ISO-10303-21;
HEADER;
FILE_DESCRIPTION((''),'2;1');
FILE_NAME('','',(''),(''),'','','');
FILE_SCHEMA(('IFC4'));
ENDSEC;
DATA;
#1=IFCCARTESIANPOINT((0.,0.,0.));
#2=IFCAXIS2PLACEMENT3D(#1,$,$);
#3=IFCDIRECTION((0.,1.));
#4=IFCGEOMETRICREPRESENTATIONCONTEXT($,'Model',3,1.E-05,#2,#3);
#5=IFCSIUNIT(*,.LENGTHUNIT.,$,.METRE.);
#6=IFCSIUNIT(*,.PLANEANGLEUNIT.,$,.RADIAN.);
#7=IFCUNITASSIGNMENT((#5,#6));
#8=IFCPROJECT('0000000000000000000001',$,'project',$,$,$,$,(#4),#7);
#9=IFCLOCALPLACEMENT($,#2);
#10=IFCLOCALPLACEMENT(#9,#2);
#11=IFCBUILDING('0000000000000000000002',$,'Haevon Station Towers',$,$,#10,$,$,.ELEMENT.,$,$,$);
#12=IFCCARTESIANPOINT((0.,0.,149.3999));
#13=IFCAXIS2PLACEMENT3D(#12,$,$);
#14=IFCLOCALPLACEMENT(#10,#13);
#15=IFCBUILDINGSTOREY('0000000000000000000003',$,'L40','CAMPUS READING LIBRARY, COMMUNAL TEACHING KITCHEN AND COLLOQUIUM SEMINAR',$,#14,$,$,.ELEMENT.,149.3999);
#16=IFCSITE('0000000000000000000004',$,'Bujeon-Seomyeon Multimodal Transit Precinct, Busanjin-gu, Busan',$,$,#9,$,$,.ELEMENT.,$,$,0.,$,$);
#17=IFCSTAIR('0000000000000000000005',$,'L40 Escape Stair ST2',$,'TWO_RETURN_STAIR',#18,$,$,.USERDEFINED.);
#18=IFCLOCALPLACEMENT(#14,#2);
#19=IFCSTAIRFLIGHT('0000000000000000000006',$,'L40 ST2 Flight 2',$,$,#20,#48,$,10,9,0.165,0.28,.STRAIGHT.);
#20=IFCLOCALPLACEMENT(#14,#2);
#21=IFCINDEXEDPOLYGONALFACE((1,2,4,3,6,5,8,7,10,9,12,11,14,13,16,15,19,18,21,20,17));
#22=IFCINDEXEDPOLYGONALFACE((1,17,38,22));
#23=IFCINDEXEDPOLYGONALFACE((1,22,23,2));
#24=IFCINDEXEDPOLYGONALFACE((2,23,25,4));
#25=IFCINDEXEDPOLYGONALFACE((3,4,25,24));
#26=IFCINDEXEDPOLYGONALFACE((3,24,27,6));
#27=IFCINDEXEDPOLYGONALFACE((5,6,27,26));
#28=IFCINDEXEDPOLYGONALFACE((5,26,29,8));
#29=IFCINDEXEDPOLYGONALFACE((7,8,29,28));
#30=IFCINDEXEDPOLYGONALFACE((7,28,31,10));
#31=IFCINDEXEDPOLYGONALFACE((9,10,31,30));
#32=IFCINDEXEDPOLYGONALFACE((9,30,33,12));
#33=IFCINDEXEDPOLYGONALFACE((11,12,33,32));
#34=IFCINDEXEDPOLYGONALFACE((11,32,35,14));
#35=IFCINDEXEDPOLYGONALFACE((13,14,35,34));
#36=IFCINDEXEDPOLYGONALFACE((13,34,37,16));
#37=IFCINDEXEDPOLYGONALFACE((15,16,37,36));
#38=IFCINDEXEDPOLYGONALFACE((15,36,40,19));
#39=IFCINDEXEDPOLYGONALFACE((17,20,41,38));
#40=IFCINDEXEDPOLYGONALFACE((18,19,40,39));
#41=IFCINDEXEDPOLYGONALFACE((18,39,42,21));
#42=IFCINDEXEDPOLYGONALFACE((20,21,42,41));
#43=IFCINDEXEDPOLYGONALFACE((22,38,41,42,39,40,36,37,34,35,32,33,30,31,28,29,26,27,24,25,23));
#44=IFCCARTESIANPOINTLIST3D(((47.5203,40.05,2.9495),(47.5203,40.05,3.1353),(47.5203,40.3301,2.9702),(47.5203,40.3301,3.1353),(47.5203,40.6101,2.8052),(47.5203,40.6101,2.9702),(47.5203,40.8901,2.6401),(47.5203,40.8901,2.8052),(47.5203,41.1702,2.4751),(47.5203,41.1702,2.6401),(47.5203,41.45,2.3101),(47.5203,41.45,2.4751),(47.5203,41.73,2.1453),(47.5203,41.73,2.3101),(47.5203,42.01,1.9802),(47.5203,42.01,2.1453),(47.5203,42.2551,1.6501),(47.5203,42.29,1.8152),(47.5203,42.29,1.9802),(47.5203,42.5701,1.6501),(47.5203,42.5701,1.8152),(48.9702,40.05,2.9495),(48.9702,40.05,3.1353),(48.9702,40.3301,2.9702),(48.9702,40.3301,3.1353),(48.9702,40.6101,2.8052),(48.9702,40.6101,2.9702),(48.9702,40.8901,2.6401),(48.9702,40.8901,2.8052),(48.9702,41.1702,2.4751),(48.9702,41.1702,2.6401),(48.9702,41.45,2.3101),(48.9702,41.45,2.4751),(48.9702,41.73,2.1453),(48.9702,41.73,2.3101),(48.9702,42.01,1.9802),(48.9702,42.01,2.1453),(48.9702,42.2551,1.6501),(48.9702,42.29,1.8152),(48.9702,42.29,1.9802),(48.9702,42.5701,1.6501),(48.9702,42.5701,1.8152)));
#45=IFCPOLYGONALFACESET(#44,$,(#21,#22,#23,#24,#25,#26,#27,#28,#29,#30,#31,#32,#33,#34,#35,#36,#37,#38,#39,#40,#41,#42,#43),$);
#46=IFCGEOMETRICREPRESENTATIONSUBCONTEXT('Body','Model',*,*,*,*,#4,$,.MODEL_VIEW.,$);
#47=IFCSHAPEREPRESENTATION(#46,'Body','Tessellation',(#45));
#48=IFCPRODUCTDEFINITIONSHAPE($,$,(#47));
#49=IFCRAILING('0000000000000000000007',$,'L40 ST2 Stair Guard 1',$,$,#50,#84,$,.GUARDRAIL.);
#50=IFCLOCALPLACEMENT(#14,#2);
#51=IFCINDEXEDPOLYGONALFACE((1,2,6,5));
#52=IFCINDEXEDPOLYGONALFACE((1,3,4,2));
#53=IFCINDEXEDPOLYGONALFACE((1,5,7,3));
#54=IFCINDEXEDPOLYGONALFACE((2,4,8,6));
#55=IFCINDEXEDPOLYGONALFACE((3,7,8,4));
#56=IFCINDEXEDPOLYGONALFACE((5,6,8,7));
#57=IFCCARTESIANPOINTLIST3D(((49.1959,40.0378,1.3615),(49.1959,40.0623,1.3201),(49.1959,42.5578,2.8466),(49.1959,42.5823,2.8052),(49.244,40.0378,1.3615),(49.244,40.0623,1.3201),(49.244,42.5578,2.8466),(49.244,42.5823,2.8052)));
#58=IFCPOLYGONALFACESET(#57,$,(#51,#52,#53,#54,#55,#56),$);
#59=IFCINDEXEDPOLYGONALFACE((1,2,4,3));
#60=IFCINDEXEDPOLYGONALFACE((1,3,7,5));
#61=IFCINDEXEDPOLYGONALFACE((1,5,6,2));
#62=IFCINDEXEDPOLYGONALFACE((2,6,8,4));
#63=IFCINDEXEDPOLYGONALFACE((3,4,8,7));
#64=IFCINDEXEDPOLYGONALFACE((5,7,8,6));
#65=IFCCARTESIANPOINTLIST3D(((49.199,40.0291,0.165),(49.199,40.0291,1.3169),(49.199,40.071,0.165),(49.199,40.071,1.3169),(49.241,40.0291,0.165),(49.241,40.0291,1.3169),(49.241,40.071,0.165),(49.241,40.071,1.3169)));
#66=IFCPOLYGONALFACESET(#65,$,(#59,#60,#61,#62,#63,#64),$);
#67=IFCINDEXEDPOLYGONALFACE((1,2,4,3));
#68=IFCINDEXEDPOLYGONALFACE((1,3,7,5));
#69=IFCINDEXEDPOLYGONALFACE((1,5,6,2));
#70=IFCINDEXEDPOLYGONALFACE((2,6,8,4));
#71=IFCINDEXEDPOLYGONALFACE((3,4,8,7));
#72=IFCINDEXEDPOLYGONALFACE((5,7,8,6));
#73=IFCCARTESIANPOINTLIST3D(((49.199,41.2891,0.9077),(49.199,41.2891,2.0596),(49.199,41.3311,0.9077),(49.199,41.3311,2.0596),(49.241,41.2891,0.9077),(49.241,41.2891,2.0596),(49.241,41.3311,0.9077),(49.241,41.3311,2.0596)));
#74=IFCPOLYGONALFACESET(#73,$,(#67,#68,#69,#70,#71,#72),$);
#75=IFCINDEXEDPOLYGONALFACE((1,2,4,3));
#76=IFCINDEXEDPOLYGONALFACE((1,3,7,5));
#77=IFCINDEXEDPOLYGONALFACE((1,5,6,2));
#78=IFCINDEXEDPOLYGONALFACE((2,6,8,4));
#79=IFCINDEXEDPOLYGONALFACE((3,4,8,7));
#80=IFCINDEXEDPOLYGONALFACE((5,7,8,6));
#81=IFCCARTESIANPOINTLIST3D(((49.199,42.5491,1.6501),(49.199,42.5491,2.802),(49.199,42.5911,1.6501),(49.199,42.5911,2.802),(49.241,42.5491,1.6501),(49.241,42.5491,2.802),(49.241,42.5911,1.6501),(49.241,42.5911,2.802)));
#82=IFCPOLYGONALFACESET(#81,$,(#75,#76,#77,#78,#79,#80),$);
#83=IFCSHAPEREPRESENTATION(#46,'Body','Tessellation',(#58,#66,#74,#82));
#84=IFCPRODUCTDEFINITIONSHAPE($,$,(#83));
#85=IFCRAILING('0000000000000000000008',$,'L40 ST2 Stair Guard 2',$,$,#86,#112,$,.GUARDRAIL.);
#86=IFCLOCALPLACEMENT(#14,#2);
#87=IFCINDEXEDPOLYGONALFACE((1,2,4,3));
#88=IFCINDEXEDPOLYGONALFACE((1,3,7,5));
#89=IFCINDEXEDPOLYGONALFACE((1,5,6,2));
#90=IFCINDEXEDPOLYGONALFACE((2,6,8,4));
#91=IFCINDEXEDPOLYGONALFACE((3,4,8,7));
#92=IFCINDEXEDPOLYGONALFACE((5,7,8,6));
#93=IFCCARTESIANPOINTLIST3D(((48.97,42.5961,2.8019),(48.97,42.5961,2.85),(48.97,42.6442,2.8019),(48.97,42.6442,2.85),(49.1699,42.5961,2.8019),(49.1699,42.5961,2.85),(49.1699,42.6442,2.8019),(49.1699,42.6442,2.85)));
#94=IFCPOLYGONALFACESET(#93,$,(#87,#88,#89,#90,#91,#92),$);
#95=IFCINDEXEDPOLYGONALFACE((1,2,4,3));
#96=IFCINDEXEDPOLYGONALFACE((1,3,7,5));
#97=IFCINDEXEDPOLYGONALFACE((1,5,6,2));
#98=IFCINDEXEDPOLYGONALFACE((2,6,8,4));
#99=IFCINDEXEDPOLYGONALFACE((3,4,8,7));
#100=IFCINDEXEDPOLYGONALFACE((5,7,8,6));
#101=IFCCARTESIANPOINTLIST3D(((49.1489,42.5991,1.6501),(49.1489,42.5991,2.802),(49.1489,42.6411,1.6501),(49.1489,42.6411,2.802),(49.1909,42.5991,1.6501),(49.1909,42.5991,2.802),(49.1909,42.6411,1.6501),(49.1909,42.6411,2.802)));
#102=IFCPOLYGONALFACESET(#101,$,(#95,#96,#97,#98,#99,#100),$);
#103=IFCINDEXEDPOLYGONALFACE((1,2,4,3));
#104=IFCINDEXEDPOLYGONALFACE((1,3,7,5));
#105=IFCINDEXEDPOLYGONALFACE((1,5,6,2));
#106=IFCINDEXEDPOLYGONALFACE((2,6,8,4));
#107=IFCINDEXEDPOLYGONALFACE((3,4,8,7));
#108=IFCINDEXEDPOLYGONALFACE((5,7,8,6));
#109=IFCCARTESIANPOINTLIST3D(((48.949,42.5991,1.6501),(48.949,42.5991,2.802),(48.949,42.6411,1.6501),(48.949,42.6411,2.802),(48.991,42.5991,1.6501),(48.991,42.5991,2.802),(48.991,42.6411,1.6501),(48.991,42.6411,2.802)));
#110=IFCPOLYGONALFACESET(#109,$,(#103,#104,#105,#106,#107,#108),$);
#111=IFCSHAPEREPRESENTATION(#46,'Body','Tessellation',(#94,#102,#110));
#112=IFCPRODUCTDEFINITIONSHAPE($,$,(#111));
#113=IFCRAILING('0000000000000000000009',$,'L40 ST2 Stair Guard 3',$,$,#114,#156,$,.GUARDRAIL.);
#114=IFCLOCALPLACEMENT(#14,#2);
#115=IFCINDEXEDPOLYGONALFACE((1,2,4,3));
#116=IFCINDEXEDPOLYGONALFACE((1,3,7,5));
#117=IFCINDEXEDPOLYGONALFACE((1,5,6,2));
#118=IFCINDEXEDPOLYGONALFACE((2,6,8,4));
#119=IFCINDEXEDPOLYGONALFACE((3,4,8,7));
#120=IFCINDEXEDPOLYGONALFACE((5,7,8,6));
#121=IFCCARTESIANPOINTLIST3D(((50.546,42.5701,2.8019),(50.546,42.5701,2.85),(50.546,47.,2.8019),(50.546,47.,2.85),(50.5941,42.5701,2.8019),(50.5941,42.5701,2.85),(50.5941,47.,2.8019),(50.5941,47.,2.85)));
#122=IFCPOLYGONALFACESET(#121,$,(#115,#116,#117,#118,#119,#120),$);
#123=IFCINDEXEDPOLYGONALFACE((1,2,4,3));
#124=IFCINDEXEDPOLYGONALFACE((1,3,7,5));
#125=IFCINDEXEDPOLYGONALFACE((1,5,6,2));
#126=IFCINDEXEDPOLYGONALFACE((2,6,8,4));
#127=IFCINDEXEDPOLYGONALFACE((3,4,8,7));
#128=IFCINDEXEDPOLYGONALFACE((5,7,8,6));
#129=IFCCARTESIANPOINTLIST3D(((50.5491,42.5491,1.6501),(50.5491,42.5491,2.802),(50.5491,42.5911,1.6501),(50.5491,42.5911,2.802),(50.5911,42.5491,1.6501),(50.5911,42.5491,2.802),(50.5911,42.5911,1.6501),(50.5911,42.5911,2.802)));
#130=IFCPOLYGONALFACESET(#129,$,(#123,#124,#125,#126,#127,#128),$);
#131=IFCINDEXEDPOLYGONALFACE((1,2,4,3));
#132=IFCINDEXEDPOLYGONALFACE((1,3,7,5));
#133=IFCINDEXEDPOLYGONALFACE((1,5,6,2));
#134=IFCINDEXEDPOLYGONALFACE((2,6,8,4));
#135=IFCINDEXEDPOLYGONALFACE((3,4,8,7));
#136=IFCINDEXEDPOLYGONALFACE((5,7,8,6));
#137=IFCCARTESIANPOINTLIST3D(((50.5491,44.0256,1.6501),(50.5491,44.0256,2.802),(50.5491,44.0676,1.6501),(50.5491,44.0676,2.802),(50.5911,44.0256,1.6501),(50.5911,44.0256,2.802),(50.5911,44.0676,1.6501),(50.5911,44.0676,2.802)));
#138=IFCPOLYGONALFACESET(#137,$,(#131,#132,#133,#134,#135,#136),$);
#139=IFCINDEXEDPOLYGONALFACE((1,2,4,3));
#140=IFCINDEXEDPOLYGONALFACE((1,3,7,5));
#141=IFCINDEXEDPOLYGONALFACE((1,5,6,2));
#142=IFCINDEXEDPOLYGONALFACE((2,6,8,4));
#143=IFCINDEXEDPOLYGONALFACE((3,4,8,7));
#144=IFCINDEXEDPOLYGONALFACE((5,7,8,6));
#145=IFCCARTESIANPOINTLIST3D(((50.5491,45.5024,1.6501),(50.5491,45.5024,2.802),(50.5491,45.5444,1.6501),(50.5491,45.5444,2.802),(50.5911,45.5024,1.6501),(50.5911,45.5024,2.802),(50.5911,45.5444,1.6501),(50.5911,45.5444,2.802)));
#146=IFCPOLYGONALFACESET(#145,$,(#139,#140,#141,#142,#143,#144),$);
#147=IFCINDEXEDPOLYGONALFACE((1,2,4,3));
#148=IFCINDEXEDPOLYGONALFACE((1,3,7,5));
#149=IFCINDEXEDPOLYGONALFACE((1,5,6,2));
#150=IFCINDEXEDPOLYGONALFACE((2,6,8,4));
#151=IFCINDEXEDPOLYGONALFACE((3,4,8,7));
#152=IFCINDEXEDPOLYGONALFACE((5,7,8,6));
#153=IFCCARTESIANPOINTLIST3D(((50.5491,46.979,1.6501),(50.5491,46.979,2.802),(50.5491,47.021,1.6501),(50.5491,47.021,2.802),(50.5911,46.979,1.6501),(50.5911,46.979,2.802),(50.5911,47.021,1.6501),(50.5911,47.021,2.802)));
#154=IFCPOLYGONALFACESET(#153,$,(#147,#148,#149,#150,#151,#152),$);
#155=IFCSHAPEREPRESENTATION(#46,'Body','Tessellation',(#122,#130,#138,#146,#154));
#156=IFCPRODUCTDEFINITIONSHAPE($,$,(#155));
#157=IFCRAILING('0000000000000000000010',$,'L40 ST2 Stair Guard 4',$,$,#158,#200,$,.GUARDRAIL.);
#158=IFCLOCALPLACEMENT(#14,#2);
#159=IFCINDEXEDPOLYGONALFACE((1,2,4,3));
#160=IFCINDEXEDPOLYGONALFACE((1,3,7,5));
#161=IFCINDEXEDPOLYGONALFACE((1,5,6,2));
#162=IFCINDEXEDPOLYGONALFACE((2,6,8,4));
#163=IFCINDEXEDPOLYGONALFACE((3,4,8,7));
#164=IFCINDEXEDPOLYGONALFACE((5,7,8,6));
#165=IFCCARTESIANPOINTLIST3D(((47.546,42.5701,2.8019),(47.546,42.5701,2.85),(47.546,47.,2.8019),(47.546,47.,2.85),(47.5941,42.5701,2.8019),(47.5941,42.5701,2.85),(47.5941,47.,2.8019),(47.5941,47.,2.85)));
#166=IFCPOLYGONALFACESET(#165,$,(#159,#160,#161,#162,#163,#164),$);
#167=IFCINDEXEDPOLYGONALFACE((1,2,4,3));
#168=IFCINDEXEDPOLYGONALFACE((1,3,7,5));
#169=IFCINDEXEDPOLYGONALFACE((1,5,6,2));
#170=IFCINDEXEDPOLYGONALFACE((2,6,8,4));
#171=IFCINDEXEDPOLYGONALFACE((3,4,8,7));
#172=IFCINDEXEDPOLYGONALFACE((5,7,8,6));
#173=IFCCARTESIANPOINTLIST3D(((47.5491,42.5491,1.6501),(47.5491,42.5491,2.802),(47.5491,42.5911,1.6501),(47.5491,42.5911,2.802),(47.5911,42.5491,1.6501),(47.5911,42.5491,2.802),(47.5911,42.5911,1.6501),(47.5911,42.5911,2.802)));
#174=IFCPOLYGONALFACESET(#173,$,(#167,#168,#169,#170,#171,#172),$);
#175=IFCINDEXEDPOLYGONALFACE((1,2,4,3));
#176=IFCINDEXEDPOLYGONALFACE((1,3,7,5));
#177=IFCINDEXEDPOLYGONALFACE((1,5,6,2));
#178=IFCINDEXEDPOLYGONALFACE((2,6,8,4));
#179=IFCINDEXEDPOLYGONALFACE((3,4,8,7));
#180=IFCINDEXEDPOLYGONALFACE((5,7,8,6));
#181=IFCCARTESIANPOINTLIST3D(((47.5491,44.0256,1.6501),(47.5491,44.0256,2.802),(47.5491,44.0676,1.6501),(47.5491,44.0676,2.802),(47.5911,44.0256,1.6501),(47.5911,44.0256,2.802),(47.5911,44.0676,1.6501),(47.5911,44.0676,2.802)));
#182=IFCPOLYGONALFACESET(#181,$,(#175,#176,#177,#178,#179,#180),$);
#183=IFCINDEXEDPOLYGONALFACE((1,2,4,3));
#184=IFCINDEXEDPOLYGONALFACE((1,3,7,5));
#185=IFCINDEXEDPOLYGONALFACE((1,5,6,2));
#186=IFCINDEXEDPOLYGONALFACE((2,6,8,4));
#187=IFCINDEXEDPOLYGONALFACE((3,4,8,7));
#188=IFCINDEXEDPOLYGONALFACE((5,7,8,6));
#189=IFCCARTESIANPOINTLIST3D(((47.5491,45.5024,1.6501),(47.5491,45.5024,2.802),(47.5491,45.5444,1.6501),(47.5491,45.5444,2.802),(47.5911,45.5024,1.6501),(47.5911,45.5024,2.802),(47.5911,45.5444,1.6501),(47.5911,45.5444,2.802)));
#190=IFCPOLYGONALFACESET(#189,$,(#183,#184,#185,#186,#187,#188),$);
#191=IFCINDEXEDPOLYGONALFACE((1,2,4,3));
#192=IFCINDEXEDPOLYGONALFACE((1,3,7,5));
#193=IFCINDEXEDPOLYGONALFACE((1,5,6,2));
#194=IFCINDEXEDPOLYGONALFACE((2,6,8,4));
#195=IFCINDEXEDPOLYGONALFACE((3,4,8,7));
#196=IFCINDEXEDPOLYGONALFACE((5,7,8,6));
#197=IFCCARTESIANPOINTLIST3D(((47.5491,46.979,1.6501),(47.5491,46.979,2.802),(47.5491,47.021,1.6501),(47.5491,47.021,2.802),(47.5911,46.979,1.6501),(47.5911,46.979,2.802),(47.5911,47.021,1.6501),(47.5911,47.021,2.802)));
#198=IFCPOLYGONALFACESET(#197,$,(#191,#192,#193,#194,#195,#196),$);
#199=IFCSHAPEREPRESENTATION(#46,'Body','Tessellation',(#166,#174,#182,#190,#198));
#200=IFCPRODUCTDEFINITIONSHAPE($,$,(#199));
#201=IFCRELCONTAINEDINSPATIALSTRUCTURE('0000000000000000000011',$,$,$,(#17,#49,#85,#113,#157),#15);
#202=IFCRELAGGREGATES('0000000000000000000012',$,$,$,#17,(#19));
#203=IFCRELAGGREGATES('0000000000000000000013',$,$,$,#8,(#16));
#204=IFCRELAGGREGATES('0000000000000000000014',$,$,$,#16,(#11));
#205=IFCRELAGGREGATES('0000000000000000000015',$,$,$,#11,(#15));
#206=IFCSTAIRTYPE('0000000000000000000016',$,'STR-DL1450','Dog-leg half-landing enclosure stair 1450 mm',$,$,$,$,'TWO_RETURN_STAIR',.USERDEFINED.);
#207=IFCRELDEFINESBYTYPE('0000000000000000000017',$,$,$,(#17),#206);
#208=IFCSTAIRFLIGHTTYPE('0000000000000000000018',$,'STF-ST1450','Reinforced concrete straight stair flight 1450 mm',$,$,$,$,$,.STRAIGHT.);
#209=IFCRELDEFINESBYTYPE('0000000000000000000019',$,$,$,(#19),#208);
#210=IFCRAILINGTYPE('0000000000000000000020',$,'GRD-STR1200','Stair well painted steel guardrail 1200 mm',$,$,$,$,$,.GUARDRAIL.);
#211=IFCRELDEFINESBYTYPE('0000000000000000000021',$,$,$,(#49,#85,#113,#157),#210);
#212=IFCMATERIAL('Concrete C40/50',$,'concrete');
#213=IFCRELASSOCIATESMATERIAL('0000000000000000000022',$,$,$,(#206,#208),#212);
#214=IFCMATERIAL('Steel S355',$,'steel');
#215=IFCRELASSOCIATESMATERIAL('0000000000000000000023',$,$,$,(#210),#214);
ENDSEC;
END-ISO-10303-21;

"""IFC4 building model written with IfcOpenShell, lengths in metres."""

from ifc_helpers import new_model, si_unit, direction, frame, origin, origin_2d, place, context, subcontext, project, spatial, polyline, rectangle, outline, extrude, material, type_object, element, aggregate, save


model = new_model("IFC4")

# Units and contexts
model_context = context("Model", 3, precision=1e-05, world=origin(), true_north=direction((0.0, 1.0)))
body_context = subcontext(model_context, "Body", "Model", "MODEL_VIEW")
ifc_project = project(units=[si_unit("LENGTHUNIT", "METRE"), si_unit("PLANEANGLEUNIT", "RADIAN")], contexts=[model_context])

# Site, building, storey
site_placement = place(None, origin())
site = spatial("IfcSite", under=ifc_project, at=site_placement, Name="Bujeon-Seomyeon Multimodal Transit Precinct, Busanjin-gu, Busan", CompositionType="ELEMENT", RefElevation=0.0)
building_placement = place(site_placement, origin())
building = spatial("IfcBuilding", under=site, at=building_placement, Name="Haevon Station Towers", CompositionType="ELEMENT")
storey_placement = place(building_placement, frame((0.0, 0.0, 149.3999)))
storey = spatial("IfcBuildingStorey", under=building, at=storey_placement, Name="L40", Description="CAMPUS READING LIBRARY, COMMUNAL TEACHING KITCHEN AND COLLOQUIUM SEMINAR", CompositionType="ELEMENT", Elevation=149.3999)

# Shared definitions
ifc_material_1 = material(Name="Steel S355", Category="steel")

# Shared definitions
ifc_material_2 = material(Name="Concrete C40/50", Category="concrete")

# Stair, stair flight
stair_type = type_object("IfcStairType", Name="STR-DL1450", Description="Dog-leg half-landing enclosure stair 1450 mm", ElementType="TWO_RETURN_STAIR", PredefinedType="USERDEFINED", material=ifc_material_2)
stair_placement = place(storey_placement, origin())
stair = element("IfcStair", 1, at=stair_placement, inside=storey, type_object=stair_type, Name="L40 Escape Stair ST2", ObjectType="TWO_RETURN_STAIR", PredefinedType="USERDEFINED")
stair_flight_type = type_object("IfcStairFlightType", Name="STF-ST1450", Description="Reinforced concrete straight stair flight 1450 mm", PredefinedType="STRAIGHT", material=ifc_material_2)
stair_flight_1_placement = place(storey_placement, frame((48.2451, 42.5701, 1.6501), z_axis=(0.0, 0.0, 1.0), x_axis=(0.0, -1.0, 0.0)))
stair_flight_1 = element("IfcStairFlight", 2, at=stair_flight_1_placement, type_object=stair_flight_type, Name="L40 ST2 Flight 2", NumberOfRisers=10, NumberOfTreads=9, PredefinedType="STRAIGHT", RiserHeight=0.165, TreadLength=0.28, context=body_context, shape_type="SweptSolid", body=[
    extrude(outline(polyline([(0.0, 0.0), (0.0, 0.165), (0.28, 0.165), (0.28, 0.3301), (0.5601, 0.3301), (0.5601, 0.4951), (0.8401, 0.4951), (0.8401, 0.6599), (1.1201, 0.6599), (1.1201, 0.825), (1.3999, 0.825), (1.3999, 0.99), (1.6799, 0.99), (1.6799, 1.155), (1.96, 1.155), (1.96, 1.3201), (2.24, 1.3201), (2.24, 1.4851), (2.52, 1.4851), (2.52, 1.6499), (2.52, 1.2993), (0.3149, 0.0), (0.0, 0.0)])), frame((0.0, 0.7251, 0.0), z_axis=(0.0, -1.0, 0.0), x_axis=(1.0, 0.0, 0.0)), (0.0, 0.0, 1.0), 1.45),
])
aggregate(stair, [stair_flight_1])

# Railings
railing_type_1 = type_object("IfcRailingType", Name="GRD-STR1200", Description="Stair well painted steel guardrail 1200 mm", PredefinedType="GUARDRAIL", material=ifc_material_1)
railing_1_placement = place(storey_placement, frame((49.22, 40.05, 0.165)))
element("IfcRailing", 3, at=railing_1_placement, inside=storey, type_object=railing_type_1, Name="L40 ST2 Stair Guard 1", PredefinedType="GUARDRAIL", context=body_context, shape_type="SweptSolid", body=[
    extrude(rectangle(XDim=0.0481, YDim=0.0481, at=origin_2d()), frame((0.0, 0.0, 1.1758), z_axis=(0.0, 0.861524, 0.507717), x_axis=(-1.0, 0.0, 0.0)), (0.0, 0.0, 1.0), 2.925),
    extrude(rectangle(XDim=0.042, YDim=0.042, at=origin_2d()), origin(), (0.0, 0.0, 1.0), 1.1519),
    extrude(rectangle(XDim=0.042, YDim=0.042, at=origin_2d()), frame((0.0, 1.26, 0.7427)), (0.0, 0.0, 1.0), 1.1519),
    extrude(rectangle(XDim=0.042, YDim=0.042, at=origin_2d()), frame((0.0, 2.52, 1.4851)), (0.0, 0.0, 1.0), 1.1519),
])
railing_2_placement = place(storey_placement, frame((49.1699, 42.6201, 1.6501)))
element("IfcRailing", 4, at=railing_2_placement, inside=storey, type_object=railing_type_1, Name="L40 ST2 Stair Guard 2", PredefinedType="GUARDRAIL", context=body_context, shape_type="SweptSolid", body=[
    extrude(rectangle(XDim=0.0481, YDim=0.0481, at=origin_2d()), frame((0.0, 0.0, 1.1758), z_axis=(-1.0, 0.0, 0.0), x_axis=(0.0, -1.0, 0.0)), (0.0, 0.0, 1.0), 0.2),
    extrude(rectangle(XDim=0.042, YDim=0.042, at=origin_2d()), origin(), (0.0, 0.0, 1.0), 1.1519),
    extrude(rectangle(XDim=0.042, YDim=0.042, at=origin_2d()), frame((-0.2, 0.0, 0.0)), (0.0, 0.0, 1.0), 1.1519),
])
for number, where, name in (
    (5, (50.5701, 42.5701, 1.6501), "L40 ST2 Stair Guard 3"),
    (6, (47.5701, 42.5701, 1.6501), "L40 ST2 Stair Guard 4"),
):
    element("IfcRailing", number, at=place(storey_placement, frame(where)), inside=storey, type_object=railing_type_1, Name=name, PredefinedType="GUARDRAIL", context=body_context, shape_type="SweptSolid", body=[
        extrude(rectangle(XDim=0.0481, YDim=0.0481, at=origin_2d()), frame((0.0, 0.0, 1.1758), z_axis=(0.0, 1.0, 0.0), x_axis=(-1.0, 0.0, 0.0)), (0.0, 0.0, 1.0), 4.4299),
        extrude(rectangle(XDim=0.042, YDim=0.042, at=origin_2d()), origin(), (0.0, 0.0, 1.0), 1.1519),
        extrude(rectangle(XDim=0.042, YDim=0.042, at=origin_2d()), frame((0.0, 1.4766, 0.0)), (0.0, 0.0, 1.0), 1.1519),
        extrude(rectangle(XDim=0.042, YDim=0.042, at=origin_2d()), frame((0.0, 2.9534, 0.0)), (0.0, 0.0, 1.0), 1.1519),
        extrude(rectangle(XDim=0.042, YDim=0.042, at=origin_2d()), frame((0.0, 4.4299, 0.0)), (0.0, 0.0, 1.0), 1.1519),
    ])

save(model, "model.ifc")
